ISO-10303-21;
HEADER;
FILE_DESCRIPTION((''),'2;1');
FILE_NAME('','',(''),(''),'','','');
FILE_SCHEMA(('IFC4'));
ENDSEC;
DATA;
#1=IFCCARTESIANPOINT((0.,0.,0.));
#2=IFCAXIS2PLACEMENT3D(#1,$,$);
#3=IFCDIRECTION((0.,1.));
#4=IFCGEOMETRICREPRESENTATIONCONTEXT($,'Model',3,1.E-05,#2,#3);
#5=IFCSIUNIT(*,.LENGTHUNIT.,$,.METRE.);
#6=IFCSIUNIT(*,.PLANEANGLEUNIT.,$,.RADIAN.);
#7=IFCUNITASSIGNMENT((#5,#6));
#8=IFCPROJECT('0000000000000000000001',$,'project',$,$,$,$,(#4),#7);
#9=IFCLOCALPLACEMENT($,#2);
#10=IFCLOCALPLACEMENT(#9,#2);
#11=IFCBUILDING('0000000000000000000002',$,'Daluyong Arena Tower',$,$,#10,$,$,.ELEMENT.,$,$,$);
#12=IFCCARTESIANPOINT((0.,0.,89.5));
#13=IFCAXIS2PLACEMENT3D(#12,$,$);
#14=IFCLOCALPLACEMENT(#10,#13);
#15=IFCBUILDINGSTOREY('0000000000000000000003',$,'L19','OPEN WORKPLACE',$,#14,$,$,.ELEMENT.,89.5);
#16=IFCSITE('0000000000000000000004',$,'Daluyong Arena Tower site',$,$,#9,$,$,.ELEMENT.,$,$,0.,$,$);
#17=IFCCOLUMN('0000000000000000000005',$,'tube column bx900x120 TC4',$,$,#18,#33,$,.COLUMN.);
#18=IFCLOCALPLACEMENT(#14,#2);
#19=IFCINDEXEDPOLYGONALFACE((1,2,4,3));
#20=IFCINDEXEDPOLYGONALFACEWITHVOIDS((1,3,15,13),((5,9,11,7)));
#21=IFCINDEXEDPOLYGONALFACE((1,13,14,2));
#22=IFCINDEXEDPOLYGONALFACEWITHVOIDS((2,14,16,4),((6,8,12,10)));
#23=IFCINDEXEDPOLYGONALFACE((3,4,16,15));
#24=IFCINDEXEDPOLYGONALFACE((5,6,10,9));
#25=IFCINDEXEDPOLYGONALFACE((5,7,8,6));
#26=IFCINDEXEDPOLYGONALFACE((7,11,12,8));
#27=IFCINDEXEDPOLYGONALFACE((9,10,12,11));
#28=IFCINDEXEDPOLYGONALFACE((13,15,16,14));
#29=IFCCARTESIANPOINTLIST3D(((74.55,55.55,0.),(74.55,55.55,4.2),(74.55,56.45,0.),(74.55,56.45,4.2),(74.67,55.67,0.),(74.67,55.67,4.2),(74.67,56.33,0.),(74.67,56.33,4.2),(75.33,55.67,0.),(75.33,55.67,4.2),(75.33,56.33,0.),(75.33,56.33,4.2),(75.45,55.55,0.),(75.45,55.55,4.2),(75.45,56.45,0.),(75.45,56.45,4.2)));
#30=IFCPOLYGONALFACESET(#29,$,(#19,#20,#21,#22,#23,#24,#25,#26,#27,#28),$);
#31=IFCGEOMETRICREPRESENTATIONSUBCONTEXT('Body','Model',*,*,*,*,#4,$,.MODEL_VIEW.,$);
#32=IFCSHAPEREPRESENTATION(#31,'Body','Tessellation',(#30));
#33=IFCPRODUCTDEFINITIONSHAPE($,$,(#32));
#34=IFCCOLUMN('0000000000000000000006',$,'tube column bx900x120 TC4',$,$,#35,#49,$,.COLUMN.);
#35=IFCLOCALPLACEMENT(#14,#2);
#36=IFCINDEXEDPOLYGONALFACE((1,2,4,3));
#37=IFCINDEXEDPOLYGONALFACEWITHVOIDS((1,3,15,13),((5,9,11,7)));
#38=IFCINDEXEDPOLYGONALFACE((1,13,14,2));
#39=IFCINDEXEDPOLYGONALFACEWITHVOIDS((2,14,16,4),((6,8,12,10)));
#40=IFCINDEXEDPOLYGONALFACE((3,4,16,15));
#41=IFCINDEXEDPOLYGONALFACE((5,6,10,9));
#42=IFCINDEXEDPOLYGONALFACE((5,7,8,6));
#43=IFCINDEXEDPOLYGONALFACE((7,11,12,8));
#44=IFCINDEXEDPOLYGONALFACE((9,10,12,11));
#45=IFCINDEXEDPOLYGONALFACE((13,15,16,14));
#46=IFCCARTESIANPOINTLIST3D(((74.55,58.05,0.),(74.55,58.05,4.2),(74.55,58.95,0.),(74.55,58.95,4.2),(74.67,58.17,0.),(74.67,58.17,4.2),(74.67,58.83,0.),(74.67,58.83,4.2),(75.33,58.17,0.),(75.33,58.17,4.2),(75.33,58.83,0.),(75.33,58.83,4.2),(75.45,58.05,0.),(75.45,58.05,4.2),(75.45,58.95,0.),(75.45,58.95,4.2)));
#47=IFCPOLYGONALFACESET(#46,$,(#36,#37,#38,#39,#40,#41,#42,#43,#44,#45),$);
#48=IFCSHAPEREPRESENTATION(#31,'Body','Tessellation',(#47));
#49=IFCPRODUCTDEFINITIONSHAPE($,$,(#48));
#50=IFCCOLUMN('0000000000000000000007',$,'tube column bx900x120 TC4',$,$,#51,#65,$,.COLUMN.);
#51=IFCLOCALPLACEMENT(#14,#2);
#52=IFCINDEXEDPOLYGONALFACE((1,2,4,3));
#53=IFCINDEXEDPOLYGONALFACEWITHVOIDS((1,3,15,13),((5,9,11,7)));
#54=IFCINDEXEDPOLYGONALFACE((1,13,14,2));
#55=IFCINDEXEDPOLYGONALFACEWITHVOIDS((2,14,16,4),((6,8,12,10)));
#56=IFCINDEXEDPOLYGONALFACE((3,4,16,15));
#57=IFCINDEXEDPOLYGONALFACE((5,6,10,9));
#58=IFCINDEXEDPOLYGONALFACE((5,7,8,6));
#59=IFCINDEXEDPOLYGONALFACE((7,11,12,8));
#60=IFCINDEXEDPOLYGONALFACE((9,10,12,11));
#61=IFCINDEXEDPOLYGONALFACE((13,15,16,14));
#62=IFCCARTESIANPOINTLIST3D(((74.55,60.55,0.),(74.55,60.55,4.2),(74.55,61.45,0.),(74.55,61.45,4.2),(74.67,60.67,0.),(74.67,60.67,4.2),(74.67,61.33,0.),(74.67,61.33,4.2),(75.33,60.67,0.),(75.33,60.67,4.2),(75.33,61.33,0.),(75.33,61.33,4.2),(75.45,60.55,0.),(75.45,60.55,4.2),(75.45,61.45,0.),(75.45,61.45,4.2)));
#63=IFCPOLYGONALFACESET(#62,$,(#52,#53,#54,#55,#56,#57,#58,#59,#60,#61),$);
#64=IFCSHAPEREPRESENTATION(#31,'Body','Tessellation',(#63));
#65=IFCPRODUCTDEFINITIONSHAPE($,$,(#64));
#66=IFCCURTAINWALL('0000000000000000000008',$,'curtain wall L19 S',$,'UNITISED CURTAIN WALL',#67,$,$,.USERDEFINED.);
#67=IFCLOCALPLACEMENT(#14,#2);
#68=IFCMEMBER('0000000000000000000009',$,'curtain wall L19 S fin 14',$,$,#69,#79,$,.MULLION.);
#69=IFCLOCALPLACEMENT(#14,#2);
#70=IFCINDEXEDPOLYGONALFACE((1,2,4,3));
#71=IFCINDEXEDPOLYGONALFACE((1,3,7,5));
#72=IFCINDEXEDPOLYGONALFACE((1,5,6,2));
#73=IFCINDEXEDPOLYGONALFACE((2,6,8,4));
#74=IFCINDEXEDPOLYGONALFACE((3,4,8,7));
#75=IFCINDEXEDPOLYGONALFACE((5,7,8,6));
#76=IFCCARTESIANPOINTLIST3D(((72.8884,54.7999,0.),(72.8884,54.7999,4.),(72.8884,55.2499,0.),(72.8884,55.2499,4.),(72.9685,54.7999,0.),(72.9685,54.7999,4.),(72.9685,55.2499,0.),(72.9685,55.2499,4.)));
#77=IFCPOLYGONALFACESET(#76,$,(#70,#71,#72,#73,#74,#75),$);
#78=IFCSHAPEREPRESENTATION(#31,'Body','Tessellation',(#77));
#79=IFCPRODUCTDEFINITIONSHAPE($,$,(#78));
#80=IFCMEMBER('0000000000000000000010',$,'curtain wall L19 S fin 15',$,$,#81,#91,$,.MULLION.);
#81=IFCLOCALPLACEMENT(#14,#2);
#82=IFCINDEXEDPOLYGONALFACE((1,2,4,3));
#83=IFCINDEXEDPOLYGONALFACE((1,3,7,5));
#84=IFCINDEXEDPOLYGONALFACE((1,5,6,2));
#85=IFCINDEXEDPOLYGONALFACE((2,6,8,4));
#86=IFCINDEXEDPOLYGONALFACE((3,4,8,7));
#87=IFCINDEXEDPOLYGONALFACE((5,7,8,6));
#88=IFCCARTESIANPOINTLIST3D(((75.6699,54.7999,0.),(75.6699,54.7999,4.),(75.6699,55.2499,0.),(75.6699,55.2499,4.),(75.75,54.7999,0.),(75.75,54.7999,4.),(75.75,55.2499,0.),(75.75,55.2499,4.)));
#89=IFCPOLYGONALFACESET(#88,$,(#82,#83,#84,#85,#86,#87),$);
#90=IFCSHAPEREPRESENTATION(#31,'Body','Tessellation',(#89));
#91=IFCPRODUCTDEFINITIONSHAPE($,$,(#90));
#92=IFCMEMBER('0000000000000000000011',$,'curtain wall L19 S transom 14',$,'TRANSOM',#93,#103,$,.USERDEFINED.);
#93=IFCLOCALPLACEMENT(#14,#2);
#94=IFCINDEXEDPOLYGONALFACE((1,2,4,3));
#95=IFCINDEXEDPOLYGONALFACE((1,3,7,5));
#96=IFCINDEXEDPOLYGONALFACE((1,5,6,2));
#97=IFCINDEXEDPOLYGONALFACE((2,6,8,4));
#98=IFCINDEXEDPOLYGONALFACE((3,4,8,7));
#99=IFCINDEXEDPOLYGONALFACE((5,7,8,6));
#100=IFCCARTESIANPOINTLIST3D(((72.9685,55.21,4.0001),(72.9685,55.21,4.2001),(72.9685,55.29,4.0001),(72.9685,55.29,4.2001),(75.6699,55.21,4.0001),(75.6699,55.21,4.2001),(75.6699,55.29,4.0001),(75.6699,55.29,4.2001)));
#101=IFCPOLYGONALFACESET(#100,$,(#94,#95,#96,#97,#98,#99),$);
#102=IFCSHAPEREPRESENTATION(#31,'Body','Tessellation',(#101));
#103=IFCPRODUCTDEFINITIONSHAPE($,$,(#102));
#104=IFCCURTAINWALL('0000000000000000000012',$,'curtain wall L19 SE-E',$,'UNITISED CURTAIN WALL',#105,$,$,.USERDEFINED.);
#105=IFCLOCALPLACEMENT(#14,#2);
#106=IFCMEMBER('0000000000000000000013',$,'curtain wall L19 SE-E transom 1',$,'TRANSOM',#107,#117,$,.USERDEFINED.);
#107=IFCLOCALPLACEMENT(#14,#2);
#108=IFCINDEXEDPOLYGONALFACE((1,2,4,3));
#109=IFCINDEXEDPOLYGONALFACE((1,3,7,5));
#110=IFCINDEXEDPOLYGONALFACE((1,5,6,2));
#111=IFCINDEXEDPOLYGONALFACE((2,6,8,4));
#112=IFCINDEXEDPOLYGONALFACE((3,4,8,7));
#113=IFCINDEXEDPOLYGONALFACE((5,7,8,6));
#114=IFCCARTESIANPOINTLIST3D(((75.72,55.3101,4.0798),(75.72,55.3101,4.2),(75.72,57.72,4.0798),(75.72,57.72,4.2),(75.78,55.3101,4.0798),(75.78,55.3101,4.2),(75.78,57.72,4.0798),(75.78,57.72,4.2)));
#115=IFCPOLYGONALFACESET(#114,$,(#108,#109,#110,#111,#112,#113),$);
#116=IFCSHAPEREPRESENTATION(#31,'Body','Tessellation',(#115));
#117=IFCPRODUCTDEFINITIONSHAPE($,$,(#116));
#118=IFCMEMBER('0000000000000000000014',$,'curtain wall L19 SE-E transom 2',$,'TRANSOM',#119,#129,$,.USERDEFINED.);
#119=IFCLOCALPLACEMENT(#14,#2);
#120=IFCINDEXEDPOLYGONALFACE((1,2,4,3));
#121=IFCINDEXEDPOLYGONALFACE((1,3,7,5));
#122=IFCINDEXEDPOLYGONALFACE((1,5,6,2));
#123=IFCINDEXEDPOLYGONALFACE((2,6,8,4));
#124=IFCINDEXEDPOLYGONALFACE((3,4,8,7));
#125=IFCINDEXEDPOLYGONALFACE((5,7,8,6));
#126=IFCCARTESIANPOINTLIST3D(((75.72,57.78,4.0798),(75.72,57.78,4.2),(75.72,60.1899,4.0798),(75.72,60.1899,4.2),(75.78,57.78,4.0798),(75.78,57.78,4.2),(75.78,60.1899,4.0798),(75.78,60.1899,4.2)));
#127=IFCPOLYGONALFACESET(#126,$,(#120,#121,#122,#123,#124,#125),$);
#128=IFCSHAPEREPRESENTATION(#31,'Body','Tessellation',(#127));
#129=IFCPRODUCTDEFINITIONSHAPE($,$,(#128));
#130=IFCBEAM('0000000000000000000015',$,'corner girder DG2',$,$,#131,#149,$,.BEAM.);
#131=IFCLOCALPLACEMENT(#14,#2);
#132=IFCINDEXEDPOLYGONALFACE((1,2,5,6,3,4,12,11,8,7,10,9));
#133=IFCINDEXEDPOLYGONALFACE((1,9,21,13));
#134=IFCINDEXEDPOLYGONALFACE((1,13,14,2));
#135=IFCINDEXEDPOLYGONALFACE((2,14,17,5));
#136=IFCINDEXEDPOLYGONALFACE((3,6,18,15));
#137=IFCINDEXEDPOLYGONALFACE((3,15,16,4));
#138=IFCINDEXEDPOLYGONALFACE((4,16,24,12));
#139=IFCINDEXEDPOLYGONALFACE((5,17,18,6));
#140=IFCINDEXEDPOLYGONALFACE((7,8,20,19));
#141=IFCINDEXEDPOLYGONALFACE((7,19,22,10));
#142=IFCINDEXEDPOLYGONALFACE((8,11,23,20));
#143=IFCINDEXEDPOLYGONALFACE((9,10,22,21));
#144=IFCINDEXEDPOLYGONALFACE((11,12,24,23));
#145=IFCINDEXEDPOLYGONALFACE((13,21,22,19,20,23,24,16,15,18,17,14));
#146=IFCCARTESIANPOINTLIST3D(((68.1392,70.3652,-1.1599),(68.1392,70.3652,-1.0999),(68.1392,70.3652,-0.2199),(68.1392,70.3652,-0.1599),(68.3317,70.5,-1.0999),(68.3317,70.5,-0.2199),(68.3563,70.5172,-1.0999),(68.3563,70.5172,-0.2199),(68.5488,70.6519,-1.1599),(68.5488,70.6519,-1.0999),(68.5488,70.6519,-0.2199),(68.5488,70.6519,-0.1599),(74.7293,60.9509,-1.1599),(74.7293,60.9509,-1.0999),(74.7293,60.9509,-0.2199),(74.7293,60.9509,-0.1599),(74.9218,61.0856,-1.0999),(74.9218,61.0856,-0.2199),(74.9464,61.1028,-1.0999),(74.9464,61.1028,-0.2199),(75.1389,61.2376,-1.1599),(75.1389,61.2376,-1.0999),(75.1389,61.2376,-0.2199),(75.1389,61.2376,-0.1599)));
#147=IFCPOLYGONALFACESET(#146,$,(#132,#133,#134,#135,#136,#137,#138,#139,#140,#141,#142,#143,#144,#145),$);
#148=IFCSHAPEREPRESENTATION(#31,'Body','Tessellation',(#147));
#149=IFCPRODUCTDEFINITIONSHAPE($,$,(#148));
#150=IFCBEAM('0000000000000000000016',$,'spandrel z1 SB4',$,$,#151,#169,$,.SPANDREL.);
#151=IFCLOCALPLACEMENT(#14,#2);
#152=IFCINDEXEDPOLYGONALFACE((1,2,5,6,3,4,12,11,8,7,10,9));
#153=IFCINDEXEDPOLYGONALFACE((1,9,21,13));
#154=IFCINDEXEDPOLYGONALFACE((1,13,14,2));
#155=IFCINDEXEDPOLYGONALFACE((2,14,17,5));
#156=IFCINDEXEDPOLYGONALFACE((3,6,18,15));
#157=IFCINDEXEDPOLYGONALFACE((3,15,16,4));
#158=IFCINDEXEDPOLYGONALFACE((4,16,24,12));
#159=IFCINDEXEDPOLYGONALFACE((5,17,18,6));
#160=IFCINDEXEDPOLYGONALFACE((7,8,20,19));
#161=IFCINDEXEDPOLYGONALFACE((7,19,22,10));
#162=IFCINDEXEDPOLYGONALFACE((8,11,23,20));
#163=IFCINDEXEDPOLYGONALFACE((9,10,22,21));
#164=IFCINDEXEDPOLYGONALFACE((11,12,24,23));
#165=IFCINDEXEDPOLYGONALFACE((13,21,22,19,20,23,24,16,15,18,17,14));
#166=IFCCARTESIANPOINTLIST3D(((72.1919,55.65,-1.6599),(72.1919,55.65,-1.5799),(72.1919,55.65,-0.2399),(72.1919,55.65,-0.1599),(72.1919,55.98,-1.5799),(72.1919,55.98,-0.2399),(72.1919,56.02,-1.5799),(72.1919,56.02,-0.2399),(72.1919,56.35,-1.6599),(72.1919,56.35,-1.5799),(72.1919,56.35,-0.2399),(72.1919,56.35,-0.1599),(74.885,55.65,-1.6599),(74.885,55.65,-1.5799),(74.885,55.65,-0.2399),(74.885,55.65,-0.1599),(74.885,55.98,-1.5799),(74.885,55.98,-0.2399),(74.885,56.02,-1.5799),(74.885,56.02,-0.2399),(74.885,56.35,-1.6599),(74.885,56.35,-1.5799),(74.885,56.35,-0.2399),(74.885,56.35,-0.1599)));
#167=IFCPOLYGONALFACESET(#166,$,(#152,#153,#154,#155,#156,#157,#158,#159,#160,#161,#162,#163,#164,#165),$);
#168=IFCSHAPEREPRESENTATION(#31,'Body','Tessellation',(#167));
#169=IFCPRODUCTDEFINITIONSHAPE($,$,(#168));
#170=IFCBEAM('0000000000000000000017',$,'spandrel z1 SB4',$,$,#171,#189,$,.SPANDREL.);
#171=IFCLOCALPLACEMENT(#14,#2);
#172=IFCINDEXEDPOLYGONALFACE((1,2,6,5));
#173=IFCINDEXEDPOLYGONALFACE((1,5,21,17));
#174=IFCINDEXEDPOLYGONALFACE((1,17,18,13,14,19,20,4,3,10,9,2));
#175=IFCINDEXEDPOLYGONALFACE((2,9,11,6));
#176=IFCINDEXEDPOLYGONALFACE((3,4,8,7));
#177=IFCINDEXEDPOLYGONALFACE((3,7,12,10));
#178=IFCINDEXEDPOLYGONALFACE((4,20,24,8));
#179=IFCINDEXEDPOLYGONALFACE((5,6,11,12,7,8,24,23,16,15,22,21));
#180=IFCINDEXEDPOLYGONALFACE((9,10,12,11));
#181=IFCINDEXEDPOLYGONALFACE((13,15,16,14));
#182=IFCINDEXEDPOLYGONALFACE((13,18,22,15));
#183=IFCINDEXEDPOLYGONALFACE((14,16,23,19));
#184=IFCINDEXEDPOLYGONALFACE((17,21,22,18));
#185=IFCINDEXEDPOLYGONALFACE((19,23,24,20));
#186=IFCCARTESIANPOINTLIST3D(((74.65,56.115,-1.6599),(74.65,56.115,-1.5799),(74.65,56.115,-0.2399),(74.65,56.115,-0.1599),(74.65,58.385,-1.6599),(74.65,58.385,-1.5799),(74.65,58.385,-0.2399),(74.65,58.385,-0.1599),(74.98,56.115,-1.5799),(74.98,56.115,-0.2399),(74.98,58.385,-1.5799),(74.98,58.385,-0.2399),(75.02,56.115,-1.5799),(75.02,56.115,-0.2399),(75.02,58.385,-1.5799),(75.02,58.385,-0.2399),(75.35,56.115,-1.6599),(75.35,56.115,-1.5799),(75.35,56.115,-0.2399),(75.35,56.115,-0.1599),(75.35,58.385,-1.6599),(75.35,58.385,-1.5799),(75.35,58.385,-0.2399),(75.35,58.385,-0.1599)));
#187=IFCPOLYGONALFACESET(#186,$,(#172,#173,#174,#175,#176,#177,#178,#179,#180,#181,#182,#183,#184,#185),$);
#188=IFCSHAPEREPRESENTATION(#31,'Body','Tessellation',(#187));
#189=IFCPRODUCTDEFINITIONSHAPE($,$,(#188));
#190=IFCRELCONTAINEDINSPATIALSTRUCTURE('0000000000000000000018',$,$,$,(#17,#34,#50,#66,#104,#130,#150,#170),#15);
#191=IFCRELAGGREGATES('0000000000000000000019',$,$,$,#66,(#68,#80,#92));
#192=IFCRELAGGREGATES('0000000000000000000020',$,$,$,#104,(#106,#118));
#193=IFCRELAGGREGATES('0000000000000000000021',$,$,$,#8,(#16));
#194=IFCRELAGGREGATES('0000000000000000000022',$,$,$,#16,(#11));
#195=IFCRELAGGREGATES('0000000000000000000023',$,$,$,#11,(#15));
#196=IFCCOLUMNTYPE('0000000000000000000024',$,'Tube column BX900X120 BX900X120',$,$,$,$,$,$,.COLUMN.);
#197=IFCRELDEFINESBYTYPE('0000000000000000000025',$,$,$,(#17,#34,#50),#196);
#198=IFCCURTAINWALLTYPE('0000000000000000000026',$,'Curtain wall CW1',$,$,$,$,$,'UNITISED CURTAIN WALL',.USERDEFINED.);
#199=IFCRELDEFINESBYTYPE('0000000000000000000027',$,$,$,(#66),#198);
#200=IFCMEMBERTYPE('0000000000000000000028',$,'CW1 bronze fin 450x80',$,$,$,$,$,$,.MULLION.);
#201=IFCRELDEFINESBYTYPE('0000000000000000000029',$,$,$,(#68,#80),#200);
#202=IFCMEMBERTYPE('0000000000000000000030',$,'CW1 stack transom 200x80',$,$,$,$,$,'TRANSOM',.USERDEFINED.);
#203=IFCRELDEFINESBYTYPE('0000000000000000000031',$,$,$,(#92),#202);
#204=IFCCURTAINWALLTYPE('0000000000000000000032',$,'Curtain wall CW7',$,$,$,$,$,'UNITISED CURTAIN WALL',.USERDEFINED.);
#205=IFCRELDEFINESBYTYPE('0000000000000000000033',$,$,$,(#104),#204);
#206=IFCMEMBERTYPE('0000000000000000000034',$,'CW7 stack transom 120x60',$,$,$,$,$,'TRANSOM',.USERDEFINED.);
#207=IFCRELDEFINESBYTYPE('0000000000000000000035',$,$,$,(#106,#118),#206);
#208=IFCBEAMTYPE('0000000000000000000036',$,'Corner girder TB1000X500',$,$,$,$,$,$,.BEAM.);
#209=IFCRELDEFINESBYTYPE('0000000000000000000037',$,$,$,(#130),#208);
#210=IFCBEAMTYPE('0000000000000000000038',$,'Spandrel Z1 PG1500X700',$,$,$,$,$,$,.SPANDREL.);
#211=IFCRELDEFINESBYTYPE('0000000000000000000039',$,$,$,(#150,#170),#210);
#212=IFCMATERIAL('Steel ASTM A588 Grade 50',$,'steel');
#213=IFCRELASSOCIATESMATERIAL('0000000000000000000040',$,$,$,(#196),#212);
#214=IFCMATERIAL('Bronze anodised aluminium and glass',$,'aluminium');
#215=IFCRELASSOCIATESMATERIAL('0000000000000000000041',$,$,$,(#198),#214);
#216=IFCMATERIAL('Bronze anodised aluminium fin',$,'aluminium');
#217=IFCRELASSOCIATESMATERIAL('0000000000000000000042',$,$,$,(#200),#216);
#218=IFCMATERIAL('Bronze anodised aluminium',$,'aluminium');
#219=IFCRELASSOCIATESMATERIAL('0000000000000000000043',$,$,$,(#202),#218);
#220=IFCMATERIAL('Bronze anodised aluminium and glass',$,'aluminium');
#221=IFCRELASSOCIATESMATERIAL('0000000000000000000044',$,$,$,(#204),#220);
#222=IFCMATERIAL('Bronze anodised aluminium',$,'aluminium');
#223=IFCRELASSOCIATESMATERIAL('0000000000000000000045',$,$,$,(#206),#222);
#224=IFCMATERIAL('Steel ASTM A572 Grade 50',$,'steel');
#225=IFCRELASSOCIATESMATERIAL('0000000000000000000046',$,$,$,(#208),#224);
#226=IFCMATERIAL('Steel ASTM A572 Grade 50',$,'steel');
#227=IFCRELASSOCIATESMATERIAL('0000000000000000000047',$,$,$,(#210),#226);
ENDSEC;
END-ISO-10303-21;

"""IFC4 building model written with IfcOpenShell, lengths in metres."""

from ifc_helpers import new_model, si_unit, direction, frame, origin, origin_2d, place, context, subcontext, project, spatial, rectangle, hollow_rectangle, i_section, extrude, material, material_profile, profile_set, type_object, element, aggregate, save


model = new_model("IFC4")

# Units and contexts
model_context = context("Model", 3, precision=1e-05, world=origin(), true_north=direction((0.0, 1.0)))
body_context = subcontext(model_context, "Body", "Model", "MODEL_VIEW")
ifc_project = project(units=[si_unit("LENGTHUNIT", "METRE"), si_unit("PLANEANGLEUNIT", "RADIAN")], contexts=[model_context])

# Site, building, storey
site_placement = place(None, origin())
site = spatial("IfcSite", under=ifc_project, at=site_placement, Name="Daluyong Arena Tower site", CompositionType="ELEMENT", RefElevation=0.0)
building_placement = place(site_placement, origin())
building = spatial("IfcBuilding", under=site, at=building_placement, Name="Daluyong Arena Tower", CompositionType="ELEMENT")
storey_placement = place(building_placement, frame((0.0, 0.0, 89.5)))
storey = spatial("IfcBuildingStorey", under=building, at=storey_placement, Name="L19", Description="OPEN WORKPLACE", CompositionType="ELEMENT", Elevation=89.5)

# Columns
ifc_material_1 = material(Name="Steel ASTM A588 Grade 50", Category="steel")
ifc_material_profile_1 = material_profile(ifc_material_1, hollow_rectangle(XDim=0.8999, YDim=0.8999, WallThickness=0.12, at=origin_2d()))
ifc_profile_set_1 = profile_set([ifc_material_profile_1], Name="Steel ASTM A588 Grade 50")
column_type = type_object("IfcColumnType", Name="Tube column BX900X120 BX900X120", PredefinedType="COLUMN", material=ifc_profile_set_1)
for number, where, z_axis, x_axis, name in (
    (1, (75.0, 56.0, 0.0), (0.0, 0.0, 1.0), (0.0, 1.0, 0.0), "tube column bx900x120 TC4"),
    (2, (75.0, 58.5, 0.0), (0.0, 0.0, 1.0), (0.0, 1.0, 0.0), "tube column bx900x120 TC4"),
    (3, (75.0, 61.0, 0.0), (0.0, 0.0, 1.0), (1.0, 0.0, 0.0), "tube column bx900x120 TC4"),
):
    element("IfcColumn", number, at=place(storey_placement, frame(where, z_axis=z_axis, x_axis=x_axis)), inside=storey, type_object=column_type, Name=name, PredefinedType="COLUMN", context=body_context, shape_type="SweptSolid", body=[
        extrude(hollow_rectangle(XDim=0.8999, YDim=0.8999, WallThickness=0.12, at=origin_2d()), origin(), (0.0, 0.0, 1.0), 4.2),
    ])

# Curtain walls, members
ifc_material_2 = material(Name="Bronze anodised aluminium and glass", Category="aluminium")
curtain_wall_type_1 = type_object("IfcCurtainWallType", Name="Curtain wall CW1", ElementType="UNITISED CURTAIN WALL", PredefinedType="USERDEFINED", material=ifc_material_2)
curtain_wall_1_placement = place(storey_placement, origin())
curtain_wall_1 = element("IfcCurtainWall", 4, at=curtain_wall_1_placement, inside=storey, type_object=curtain_wall_type_1, Name="curtain wall L19 S", ObjectType="UNITISED CURTAIN WALL", PredefinedType="USERDEFINED")
ifc_material_3 = material(Name="Bronze anodised aluminium fin", Category="aluminium")
ifc_material_profile_2 = material_profile(ifc_material_3, rectangle(XDim=0.45, YDim=0.0801, at=origin_2d()))
ifc_profile_set_2 = profile_set([ifc_material_profile_2], Name="Bronze anodised aluminium fin")
member_type_1 = type_object("IfcMemberType", Name="CW1 bronze fin 450x80", PredefinedType="MULLION", material=ifc_profile_set_2)
member_1_placement = place(storey_placement, frame((72.9285, 55.0249, 0.0), z_axis=(0.0, 0.0, 1.0), x_axis=(0.0, 1.0, 0.0)))
member_1 = element("IfcMember", 5, at=member_1_placement, type_object=member_type_1, Name="curtain wall L19 S fin 14", PredefinedType="MULLION", context=body_context, shape_type="SweptSolid", body=[
    extrude(rectangle(XDim=0.45, YDim=0.0801, at=origin_2d()), origin(), (0.0, 0.0, 1.0), 4.0),
])
member_2_placement = place(storey_placement, frame((75.71, 55.0249, 0.0), z_axis=(0.0, 0.0, 1.0), x_axis=(0.0, 1.0, 0.0)))
member_2 = element("IfcMember", 6, at=member_2_placement, type_object=member_type_1, Name="curtain wall L19 S fin 15", PredefinedType="MULLION", context=body_context, shape_type="SweptSolid", body=[
    extrude(rectangle(XDim=0.45, YDim=0.0801, at=origin_2d()), origin(), (0.0, 0.0, 1.0), 4.0),
])
ifc_material_4 = material(Name="Bronze anodised aluminium", Category="aluminium")
ifc_material_profile_3 = material_profile(ifc_material_4, rectangle(XDim=0.0801, YDim=0.2, at=origin_2d()))
ifc_profile_set_3 = profile_set([ifc_material_profile_3], Name="Bronze anodised aluminium")
member_type_2 = type_object("IfcMemberType", Name="CW1 stack transom 200x80", ElementType="TRANSOM", PredefinedType="USERDEFINED", material=ifc_profile_set_3)
member_3_placement = place(storey_placement, frame((72.9685, 55.25, 4.1001), z_axis=(1.0, 0.0, 0.0), x_axis=(0.0, 1.0, 0.0)))
member_3 = element("IfcMember", 7, at=member_3_placement, type_object=member_type_2, Name="curtain wall L19 S transom 14", ObjectType="TRANSOM", PredefinedType="USERDEFINED", context=body_context, shape_type="SweptSolid", body=[
    extrude(rectangle(XDim=0.0801, YDim=0.2, at=origin_2d()), origin(), (0.0, 0.0, 1.0), 2.7014),
])
ifc_material_5 = material(Name="Bronze anodised aluminium and glass", Category="aluminium")
curtain_wall_type_2 = type_object("IfcCurtainWallType", Name="Curtain wall CW7", ElementType="UNITISED CURTAIN WALL", PredefinedType="USERDEFINED", material=ifc_material_5)
curtain_wall_2_placement = place(storey_placement, origin())
curtain_wall_2 = element("IfcCurtainWall", 8, at=curtain_wall_2_placement, inside=storey, type_object=curtain_wall_type_2, Name="curtain wall L19 SE-E", ObjectType="UNITISED CURTAIN WALL", PredefinedType="USERDEFINED")
ifc_material_6 = material(Name="Bronze anodised aluminium", Category="aluminium")
ifc_material_profile_4 = material_profile(ifc_material_6, rectangle(XDim=0.0601, YDim=0.1201, at=origin_2d()))
ifc_profile_set_4 = profile_set([ifc_material_profile_4], Name="Bronze anodised aluminium")
member_type_3 = type_object("IfcMemberType", Name="CW7 stack transom 120x60", ElementType="TRANSOM", PredefinedType="USERDEFINED", material=ifc_profile_set_4)
member_4_placement = place(storey_placement, frame((75.75, 55.3101, 4.1399), z_axis=(0.0, 1.0, 0.0), x_axis=(-1.0, 0.0, 0.0)))
member_4 = element("IfcMember", 9, at=member_4_placement, type_object=member_type_3, Name="curtain wall L19 SE-E transom 1", ObjectType="TRANSOM", PredefinedType="USERDEFINED", context=body_context, shape_type="SweptSolid", body=[
    extrude(rectangle(XDim=0.0601, YDim=0.1201, at=origin_2d()), origin(), (0.0, 0.0, 1.0), 2.4099),
])
member_5_placement = place(storey_placement, frame((75.75, 57.78, 4.1399), z_axis=(0.0, 1.0, 0.0), x_axis=(-1.0, 0.0, 0.0)))
member_5 = element("IfcMember", 10, at=member_5_placement, type_object=member_type_3, Name="curtain wall L19 SE-E transom 2", ObjectType="TRANSOM", PredefinedType="USERDEFINED", context=body_context, shape_type="SweptSolid", body=[
    extrude(rectangle(XDim=0.0601, YDim=0.1201, at=origin_2d()), origin(), (0.0, 0.0, 1.0), 2.4099),
])

# Beams
ifc_material_7 = material(Name="Steel ASTM A572 Grade 50", Category="steel")
ifc_material_profile_5 = material_profile(ifc_material_7, i_section(OverallWidth=0.5, OverallDepth=1.0, WebThickness=0.03, FlangeThickness=0.06, at=origin_2d()))
ifc_profile_set_5 = profile_set([ifc_material_profile_5], Name="Steel ASTM A572 Grade 50")
beam_type_1 = type_object("IfcBeamType", Name="Corner girder TB1000X500", PredefinedType="BEAM", material=ifc_profile_set_5)
beam_1_placement = place(storey_placement, frame((74.9341, 61.0942, -0.6599), z_axis=(-0.573467, 0.819229, 0.0), x_axis=(-0.819229, -0.573467, 0.0)))
element("IfcBeam", 11, at=beam_1_placement, inside=storey, type_object=beam_type_1, Name="corner girder DG2", PredefinedType="BEAM", context=body_context, shape_type="SweptSolid", body=[
    extrude(i_section(OverallWidth=0.5, OverallDepth=1.0, WebThickness=0.03, FlangeThickness=0.06, at=origin_2d()), origin(), (0.0, 0.0, 1.0), 11.4917),
])
ifc_material_8 = material(Name="Steel ASTM A572 Grade 50", Category="steel")
ifc_material_profile_6 = material_profile(ifc_material_8, i_section(OverallWidth=0.7, OverallDepth=1.5, WebThickness=0.04, FlangeThickness=0.08, at=origin_2d()))
ifc_profile_set_6 = profile_set([ifc_material_profile_6], Name="Steel ASTM A572 Grade 50")
beam_type_2 = type_object("IfcBeamType", Name="Spandrel Z1 PG1500X700", PredefinedType="SPANDREL", material=ifc_profile_set_6)
beam_2_placement = place(storey_placement, frame((72.1919, 56.0, -0.9099), z_axis=(1.0, 0.0, 0.0), x_axis=(0.0, 1.0, 0.0)))
element("IfcBeam", 12, at=beam_2_placement, inside=storey, type_object=beam_type_2, Name="spandrel z1 SB4", PredefinedType="SPANDREL", context=body_context, shape_type="SweptSolid", body=[
    extrude(i_section(OverallWidth=0.7, OverallDepth=1.5, WebThickness=0.04, FlangeThickness=0.08, at=origin_2d()), origin(), (0.0, 0.0, 1.0), 2.6931),
])
for number, where, z_axis, x_axis, name in (
    (13, (75.0, 56.115, -0.9099), (0.0, 1.0, 0.0), (-1.0, 0.0, 0.0), "spandrel z1 SB4"),
):
    element("IfcBeam", number, at=place(storey_placement, frame(where, z_axis=z_axis, x_axis=x_axis)), inside=storey, type_object=beam_type_2, Name=name, PredefinedType="SPANDREL", context=body_context, shape_type="SweptSolid", body=[
        extrude(i_section(OverallWidth=0.7, OverallDepth=1.5, WebThickness=0.04, FlangeThickness=0.08, at=origin_2d()), origin(), (0.0, 0.0, 1.0), 2.27),
    ])

aggregate(curtain_wall_1, [member_1, member_2, member_3])
aggregate(curtain_wall_2, [member_4, member_5])

save(model, "model.ifc")
